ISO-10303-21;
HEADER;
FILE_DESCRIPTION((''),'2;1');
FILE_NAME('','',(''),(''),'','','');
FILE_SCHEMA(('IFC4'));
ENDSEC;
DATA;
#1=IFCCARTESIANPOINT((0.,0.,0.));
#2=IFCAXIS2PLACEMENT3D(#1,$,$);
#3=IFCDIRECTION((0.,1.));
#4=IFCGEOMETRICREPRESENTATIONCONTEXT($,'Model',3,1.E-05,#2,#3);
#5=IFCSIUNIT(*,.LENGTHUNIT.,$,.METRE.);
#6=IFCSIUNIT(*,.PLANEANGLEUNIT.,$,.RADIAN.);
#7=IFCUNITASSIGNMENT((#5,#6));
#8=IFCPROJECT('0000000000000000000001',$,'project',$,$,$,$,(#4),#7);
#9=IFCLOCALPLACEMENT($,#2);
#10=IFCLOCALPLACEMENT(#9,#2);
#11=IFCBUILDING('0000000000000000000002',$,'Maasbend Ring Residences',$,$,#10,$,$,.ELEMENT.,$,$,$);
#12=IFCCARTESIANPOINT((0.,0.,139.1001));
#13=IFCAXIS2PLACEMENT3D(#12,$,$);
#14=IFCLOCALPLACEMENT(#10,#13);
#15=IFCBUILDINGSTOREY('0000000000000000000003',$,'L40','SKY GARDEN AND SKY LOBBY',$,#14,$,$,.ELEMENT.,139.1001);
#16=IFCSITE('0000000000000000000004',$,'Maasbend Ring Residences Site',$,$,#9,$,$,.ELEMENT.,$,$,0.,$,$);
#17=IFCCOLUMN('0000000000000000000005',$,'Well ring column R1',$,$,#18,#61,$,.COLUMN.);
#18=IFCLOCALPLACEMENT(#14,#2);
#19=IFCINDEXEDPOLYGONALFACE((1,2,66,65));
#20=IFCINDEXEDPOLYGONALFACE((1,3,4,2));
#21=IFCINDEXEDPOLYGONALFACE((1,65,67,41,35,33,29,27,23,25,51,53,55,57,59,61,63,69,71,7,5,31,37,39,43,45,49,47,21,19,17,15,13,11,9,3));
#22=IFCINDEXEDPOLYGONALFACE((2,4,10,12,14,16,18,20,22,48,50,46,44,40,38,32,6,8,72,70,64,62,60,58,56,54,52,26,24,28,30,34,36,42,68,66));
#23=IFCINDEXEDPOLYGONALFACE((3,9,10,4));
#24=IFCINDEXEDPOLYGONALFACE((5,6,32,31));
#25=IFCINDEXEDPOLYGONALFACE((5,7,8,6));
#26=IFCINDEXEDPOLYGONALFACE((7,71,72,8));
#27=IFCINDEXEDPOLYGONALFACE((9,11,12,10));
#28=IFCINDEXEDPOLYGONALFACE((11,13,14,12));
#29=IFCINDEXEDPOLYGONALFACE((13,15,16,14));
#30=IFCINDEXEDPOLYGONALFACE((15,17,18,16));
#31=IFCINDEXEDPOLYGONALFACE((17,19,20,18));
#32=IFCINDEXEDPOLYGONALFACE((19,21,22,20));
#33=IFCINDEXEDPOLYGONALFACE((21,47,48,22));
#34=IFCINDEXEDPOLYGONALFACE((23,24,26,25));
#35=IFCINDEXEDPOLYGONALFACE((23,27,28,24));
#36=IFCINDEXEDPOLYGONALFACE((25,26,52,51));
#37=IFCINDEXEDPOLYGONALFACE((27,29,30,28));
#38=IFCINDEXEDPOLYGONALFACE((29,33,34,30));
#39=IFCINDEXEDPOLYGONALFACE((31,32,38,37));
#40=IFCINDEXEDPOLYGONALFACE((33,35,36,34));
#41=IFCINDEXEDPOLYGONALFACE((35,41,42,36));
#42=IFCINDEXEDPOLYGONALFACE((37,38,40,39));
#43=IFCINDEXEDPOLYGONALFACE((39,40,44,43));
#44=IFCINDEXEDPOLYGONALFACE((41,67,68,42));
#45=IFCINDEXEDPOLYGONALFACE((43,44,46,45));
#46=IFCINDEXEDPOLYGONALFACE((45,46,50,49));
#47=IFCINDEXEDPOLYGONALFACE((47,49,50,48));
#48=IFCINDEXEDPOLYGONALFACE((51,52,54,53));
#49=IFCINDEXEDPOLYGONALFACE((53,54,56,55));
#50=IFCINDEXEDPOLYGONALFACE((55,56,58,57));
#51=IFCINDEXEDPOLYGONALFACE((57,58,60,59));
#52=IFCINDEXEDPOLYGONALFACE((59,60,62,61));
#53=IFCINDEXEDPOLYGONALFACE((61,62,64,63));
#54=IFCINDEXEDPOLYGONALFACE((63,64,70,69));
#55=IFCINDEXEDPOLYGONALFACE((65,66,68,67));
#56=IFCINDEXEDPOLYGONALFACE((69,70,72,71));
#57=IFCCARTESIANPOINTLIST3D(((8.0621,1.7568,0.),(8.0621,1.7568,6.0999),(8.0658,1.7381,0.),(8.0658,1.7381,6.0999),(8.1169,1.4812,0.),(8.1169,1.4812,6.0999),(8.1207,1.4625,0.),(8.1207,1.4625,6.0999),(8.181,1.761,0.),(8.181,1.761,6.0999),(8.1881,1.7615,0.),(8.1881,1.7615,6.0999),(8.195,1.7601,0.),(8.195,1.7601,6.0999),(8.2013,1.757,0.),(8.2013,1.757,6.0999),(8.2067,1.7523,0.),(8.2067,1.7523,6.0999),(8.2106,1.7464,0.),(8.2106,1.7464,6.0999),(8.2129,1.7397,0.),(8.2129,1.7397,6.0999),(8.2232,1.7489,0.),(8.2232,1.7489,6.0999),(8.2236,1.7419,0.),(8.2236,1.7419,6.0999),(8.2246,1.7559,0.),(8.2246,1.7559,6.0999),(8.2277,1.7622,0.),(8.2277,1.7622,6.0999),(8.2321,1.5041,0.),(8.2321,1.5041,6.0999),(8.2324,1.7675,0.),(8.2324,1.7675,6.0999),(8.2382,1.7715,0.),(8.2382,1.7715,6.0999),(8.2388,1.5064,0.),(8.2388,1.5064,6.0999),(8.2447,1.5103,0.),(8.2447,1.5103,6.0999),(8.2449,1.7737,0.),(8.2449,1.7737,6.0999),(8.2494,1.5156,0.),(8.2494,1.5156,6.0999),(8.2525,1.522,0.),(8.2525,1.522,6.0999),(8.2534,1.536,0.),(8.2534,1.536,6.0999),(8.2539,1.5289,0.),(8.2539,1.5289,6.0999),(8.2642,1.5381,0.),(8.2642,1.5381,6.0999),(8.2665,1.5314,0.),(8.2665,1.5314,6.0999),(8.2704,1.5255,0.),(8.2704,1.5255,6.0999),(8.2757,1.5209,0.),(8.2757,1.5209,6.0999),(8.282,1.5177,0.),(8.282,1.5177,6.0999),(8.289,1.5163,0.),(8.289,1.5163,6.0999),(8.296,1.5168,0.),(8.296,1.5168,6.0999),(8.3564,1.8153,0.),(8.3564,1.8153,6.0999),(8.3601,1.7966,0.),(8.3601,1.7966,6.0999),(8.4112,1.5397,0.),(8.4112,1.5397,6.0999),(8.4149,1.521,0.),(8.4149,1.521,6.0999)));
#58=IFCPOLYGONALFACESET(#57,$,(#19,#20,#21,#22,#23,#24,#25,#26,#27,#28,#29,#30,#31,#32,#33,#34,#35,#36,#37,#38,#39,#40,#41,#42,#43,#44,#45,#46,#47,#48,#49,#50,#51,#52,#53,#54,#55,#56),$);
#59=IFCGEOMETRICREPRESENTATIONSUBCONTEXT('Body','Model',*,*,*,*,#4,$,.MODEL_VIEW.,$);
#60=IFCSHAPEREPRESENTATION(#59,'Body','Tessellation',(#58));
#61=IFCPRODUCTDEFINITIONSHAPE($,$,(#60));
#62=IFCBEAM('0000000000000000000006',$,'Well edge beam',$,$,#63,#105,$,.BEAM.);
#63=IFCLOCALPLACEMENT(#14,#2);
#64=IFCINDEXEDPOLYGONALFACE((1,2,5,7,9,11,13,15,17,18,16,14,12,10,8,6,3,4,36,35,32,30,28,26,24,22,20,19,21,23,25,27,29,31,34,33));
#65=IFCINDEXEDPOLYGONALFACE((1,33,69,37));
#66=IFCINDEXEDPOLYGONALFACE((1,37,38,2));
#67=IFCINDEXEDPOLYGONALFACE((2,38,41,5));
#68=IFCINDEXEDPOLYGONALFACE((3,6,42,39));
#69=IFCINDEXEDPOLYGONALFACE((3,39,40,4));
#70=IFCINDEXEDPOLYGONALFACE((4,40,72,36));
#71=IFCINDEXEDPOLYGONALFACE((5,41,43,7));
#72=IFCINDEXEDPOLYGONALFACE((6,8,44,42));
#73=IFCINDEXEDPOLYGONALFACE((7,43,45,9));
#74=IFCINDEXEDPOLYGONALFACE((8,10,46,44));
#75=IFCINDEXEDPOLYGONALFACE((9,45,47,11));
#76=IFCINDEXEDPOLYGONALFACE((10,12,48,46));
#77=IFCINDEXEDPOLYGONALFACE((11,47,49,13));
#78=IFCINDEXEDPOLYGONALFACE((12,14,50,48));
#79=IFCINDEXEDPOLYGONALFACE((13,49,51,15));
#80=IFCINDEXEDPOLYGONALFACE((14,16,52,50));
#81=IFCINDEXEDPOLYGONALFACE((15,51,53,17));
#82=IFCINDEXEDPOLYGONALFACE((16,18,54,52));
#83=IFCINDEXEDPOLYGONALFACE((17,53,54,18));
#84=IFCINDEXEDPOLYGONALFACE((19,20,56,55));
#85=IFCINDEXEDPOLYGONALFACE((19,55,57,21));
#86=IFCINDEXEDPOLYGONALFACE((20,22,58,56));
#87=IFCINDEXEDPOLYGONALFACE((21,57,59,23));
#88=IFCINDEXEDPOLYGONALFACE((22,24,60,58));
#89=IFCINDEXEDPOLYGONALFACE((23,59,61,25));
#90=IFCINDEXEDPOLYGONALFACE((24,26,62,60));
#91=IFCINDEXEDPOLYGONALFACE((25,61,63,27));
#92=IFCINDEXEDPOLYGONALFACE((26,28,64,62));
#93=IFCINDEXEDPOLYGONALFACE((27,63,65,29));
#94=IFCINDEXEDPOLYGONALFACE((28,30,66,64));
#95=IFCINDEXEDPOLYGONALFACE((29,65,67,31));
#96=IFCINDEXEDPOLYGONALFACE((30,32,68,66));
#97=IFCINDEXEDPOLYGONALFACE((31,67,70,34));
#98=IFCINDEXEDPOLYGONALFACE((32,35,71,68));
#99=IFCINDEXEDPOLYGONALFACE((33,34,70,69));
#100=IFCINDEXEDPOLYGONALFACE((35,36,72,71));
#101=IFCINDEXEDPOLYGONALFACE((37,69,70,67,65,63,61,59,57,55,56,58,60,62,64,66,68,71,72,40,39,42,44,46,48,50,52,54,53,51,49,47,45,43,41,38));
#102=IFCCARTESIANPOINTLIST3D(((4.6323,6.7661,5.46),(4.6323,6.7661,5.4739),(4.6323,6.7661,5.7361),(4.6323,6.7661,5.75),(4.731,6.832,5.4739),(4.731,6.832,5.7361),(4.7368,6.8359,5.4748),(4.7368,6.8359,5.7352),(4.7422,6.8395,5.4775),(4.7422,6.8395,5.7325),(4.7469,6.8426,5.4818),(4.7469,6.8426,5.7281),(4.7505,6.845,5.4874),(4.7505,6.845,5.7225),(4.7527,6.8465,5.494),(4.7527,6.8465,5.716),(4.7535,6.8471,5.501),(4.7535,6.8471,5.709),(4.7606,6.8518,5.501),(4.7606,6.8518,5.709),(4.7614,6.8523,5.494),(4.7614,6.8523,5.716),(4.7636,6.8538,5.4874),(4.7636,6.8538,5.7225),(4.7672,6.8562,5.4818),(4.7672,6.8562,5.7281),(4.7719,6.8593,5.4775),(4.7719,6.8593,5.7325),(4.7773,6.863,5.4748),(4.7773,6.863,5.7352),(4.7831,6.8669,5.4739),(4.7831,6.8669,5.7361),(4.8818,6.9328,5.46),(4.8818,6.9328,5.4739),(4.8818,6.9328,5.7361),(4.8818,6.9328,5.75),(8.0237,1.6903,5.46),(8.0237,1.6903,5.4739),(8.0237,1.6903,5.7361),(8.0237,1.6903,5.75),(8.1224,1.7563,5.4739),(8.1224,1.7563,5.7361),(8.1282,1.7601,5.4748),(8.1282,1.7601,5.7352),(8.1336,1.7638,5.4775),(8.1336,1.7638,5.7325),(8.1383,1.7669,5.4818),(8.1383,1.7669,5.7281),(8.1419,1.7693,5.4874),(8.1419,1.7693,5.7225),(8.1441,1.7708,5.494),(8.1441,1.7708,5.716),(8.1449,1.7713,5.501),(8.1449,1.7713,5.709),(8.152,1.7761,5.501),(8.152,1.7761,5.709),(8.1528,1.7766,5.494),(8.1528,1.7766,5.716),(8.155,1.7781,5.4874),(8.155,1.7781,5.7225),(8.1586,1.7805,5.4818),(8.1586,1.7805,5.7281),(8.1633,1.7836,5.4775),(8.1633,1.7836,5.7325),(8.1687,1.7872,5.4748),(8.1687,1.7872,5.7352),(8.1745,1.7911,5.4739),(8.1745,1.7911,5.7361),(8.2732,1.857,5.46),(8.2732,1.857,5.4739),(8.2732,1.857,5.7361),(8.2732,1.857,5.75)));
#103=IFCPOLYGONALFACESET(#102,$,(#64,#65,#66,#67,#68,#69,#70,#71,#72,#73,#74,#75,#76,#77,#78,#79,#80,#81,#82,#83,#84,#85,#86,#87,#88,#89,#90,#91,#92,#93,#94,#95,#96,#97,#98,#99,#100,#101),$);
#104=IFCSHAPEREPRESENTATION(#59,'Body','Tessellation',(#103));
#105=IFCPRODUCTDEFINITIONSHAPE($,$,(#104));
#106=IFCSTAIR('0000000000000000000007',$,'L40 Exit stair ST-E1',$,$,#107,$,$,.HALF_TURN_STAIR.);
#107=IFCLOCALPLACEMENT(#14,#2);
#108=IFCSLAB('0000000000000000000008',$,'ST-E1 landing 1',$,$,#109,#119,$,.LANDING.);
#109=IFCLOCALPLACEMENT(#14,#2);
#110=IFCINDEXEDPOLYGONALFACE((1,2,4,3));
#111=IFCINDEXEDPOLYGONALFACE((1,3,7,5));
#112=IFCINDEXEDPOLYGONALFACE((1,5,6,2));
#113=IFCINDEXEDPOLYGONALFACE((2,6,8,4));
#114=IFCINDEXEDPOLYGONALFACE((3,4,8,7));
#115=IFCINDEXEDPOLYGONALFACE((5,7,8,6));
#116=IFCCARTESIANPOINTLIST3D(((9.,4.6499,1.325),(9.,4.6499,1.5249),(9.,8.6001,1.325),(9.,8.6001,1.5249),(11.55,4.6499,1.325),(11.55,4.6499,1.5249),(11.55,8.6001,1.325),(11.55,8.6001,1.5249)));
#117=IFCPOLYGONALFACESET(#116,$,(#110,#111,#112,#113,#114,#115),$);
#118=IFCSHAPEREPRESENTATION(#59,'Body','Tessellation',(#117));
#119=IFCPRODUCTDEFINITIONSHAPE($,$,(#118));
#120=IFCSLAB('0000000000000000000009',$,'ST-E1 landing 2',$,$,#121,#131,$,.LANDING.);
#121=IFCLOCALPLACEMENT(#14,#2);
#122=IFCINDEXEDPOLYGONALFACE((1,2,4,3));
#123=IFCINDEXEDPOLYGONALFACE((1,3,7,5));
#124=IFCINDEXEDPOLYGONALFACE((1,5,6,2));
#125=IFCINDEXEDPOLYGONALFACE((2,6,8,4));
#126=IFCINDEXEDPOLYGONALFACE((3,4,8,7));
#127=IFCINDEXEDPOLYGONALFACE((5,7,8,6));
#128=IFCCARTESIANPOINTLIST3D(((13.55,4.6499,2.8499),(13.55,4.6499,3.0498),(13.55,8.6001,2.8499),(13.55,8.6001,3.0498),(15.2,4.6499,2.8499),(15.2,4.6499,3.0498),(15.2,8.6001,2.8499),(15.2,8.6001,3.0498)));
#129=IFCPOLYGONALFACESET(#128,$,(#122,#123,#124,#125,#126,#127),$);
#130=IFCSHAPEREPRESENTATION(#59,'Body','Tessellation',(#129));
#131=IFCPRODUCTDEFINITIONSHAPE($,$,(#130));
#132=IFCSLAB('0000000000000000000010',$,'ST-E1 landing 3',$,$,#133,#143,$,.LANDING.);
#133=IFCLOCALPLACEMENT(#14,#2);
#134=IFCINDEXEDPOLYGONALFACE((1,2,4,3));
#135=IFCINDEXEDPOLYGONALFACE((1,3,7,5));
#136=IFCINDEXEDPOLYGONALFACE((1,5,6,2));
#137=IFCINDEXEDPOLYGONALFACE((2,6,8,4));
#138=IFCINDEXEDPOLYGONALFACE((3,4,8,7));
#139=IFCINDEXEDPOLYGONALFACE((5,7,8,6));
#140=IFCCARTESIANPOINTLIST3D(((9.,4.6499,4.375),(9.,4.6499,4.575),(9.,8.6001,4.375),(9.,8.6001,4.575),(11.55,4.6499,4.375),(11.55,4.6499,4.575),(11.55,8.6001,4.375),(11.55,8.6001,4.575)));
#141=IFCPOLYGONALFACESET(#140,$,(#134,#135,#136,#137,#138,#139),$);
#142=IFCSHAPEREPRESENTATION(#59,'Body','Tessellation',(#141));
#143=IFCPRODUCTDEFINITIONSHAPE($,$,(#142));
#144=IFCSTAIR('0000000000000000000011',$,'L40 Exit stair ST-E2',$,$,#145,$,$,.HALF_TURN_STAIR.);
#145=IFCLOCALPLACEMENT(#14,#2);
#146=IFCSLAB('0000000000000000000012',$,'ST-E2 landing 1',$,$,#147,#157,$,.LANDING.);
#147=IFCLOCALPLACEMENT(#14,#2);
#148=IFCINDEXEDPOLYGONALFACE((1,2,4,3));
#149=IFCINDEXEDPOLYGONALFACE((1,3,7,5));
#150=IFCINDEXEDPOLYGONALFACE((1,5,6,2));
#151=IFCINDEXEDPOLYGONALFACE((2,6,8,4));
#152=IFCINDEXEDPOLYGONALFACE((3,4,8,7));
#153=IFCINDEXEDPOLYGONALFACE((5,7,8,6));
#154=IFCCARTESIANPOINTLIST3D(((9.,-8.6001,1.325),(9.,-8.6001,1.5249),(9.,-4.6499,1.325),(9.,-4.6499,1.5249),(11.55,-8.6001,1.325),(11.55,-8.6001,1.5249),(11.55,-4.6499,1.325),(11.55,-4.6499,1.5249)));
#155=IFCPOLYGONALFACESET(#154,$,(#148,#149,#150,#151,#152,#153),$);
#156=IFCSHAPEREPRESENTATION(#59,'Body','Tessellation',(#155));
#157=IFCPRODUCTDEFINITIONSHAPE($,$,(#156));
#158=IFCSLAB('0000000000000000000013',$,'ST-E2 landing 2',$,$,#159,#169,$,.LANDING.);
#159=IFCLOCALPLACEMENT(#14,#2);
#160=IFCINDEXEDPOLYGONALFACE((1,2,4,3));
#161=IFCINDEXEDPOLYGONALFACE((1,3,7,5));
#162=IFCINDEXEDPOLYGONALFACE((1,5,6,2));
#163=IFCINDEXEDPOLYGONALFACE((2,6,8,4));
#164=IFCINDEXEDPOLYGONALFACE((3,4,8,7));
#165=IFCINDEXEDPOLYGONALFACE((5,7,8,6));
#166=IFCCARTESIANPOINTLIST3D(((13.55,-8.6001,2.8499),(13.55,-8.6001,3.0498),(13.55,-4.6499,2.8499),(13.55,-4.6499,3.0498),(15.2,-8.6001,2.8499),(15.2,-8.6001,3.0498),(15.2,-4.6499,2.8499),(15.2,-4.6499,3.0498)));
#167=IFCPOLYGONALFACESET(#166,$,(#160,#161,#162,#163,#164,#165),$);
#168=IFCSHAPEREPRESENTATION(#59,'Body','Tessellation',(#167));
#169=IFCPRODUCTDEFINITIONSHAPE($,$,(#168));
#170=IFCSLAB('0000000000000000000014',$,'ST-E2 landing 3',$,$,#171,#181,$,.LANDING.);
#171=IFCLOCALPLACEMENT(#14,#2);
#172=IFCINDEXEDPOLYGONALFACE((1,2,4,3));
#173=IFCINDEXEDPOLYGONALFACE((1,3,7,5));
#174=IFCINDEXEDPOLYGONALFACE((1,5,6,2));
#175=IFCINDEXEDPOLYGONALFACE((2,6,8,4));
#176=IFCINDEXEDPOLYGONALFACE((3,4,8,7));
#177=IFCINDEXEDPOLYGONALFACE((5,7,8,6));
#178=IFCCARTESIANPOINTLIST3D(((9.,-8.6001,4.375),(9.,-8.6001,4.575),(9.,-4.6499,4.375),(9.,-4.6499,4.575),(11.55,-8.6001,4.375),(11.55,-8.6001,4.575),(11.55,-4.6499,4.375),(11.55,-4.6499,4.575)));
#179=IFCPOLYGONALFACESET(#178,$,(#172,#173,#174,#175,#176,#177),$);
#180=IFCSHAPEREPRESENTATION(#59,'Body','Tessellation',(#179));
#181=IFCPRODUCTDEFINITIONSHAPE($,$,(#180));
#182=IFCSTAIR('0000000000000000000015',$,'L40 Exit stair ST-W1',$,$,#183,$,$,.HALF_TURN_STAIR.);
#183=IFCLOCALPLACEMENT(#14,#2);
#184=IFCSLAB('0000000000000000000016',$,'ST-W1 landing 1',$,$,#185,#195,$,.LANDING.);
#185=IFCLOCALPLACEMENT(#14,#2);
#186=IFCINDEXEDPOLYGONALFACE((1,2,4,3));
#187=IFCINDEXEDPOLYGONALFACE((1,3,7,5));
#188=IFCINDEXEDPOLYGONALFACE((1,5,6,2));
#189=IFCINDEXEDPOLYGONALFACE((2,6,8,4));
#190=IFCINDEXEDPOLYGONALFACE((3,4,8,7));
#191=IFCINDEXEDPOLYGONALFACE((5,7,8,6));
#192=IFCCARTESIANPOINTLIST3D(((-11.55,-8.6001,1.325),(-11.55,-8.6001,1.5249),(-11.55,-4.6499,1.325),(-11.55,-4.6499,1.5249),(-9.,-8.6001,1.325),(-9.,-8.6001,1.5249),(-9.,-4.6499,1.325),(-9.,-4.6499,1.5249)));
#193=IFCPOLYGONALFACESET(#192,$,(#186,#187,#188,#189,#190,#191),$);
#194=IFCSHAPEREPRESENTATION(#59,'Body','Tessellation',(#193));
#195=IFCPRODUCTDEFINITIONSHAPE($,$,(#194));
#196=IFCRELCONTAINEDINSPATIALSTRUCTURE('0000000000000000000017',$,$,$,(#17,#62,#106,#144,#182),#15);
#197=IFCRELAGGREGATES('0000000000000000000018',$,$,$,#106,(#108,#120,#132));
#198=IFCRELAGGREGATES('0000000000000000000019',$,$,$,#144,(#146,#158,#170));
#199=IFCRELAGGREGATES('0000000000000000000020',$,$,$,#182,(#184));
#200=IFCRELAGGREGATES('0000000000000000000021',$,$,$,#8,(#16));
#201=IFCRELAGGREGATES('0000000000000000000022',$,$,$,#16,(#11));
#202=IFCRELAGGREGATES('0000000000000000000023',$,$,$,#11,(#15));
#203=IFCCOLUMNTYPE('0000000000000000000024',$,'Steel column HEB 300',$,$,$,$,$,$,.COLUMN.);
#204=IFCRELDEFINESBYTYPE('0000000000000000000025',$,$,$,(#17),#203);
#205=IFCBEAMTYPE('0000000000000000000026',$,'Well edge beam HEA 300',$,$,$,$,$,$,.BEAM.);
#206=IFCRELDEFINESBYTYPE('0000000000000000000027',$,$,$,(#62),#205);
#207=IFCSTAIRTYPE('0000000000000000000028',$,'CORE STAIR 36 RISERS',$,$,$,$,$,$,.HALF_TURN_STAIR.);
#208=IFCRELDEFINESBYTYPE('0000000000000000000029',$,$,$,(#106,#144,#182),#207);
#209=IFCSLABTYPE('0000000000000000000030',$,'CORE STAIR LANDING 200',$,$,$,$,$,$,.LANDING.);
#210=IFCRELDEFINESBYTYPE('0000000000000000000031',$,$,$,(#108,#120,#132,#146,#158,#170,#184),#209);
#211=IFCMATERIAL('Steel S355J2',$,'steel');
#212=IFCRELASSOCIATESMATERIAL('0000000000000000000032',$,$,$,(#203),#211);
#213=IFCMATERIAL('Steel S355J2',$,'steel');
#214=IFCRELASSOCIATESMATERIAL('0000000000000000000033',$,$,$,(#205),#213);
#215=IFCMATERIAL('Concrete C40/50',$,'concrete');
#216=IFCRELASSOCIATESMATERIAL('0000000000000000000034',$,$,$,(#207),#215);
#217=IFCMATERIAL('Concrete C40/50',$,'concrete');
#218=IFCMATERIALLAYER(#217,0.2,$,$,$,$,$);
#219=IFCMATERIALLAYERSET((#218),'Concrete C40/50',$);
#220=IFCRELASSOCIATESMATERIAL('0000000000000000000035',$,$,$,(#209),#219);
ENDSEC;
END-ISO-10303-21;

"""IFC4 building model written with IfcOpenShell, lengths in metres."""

from ifc_helpers import new_model, si_unit, direction, frame, origin, origin_2d, place, context, subcontext, project, spatial, polyline, i_section, outline, extrude, material, layer, layer_set, material_profile, profile_set, type_object, element, aggregate, save


model = new_model("IFC4")

# Units and contexts
model_context = context("Model", 3, precision=1e-05, world=origin(), true_north=direction((0.0, 1.0)))
body_context = subcontext(model_context, "Body", "Model", "MODEL_VIEW")
ifc_project = project(units=[si_unit("LENGTHUNIT", "METRE"), si_unit("PLANEANGLEUNIT", "RADIAN")], contexts=[model_context])

# Site, building, storey
site_placement = place(None, origin())
site = spatial("IfcSite", under=ifc_project, at=site_placement, Name="Maasbend Ring Residences Site", CompositionType="ELEMENT", RefElevation=0.0)
building_placement = place(site_placement, origin())
building = spatial("IfcBuilding", under=site, at=building_placement, Name="Maasbend Ring Residences", CompositionType="ELEMENT")
storey_placement = place(building_placement, frame((0.0, 0.0, 139.1001)))
storey = spatial("IfcBuildingStorey", under=building, at=storey_placement, Name="L40", Description="SKY GARDEN AND SKY LOBBY", CompositionType="ELEMENT", Elevation=139.1001)

# Column
ifc_material_1 = material(Name="Steel S355J2", Category="steel")
ifc_material_profile_1 = material_profile(ifc_material_1, i_section(OverallWidth=0.3, OverallDepth=0.3, WebThickness=0.011, FlangeThickness=0.019, FilletRadius=0.0271, at=origin_2d()), Name="HEB 300")
ifc_profile_set_1 = profile_set([ifc_material_profile_1], Name="Steel S355J2")
column_type = type_object("IfcColumnType", Name="Steel column HEB 300", PredefinedType="COLUMN", material=ifc_profile_set_1)
column_placement = place(storey_placement, frame((8.2385, 1.6389, 0.0), z_axis=(0.0, 0.0, 1.0), x_axis=(0.980785, 0.19509, 0.0)))
element("IfcColumn", 1, at=column_placement, inside=storey, type_object=column_type, Name="Well ring column R1", PredefinedType="COLUMN", context=body_context, shape_type="SweptSolid", body=[
    extrude(i_section(OverallWidth=0.3, OverallDepth=0.3, WebThickness=0.011, FlangeThickness=0.019, FilletRadius=0.0271, at=origin_2d()), origin(), (0.0, 0.0, 1.0), 6.0999),
])

# Beam
ifc_material_2 = material(Name="Steel S355J2", Category="steel")
ifc_material_profile_2 = material_profile(ifc_material_2, i_section(OverallWidth=0.3, OverallDepth=0.29, WebThickness=0.0085, FlangeThickness=0.0139, FilletRadius=0.0271, at=origin_2d()), Name="HEA 300")
ifc_profile_set_2 = profile_set([ifc_material_profile_2], Name="Steel S355J2")
beam_type = type_object("IfcBeamType", Name="Well edge beam HEA 300", PredefinedType="BEAM", material=ifc_profile_set_2)
beam_placement = place(storey_placement, frame((8.1484, 1.7737, 5.605), z_axis=(-0.555558, 0.831478, 0.0), x_axis=(-0.831478, -0.555558, 0.0)))
element("IfcBeam", 2, at=beam_placement, inside=storey, type_object=beam_type, Name="Well edge beam", PredefinedType="BEAM", context=body_context, shape_type="SweptSolid", body=[
    extrude(i_section(OverallWidth=0.3, OverallDepth=0.29, WebThickness=0.0085, FlangeThickness=0.0139, FilletRadius=0.0271, at=origin_2d()), origin(), (0.0, 0.0, 1.0), 6.1045),
])

# Stairs, slabs
ifc_material_3 = material(Name="Concrete C40/50", Category="concrete")
stair_type = type_object("IfcStairType", Name="CORE STAIR 36 RISERS", PredefinedType="HALF_TURN_STAIR", material=ifc_material_3)
stair_1_placement = place(storey_placement, origin())
stair_1 = element("IfcStair", 3, at=stair_1_placement, inside=storey, type_object=stair_type, Name="L40 Exit stair ST-E1", PredefinedType="HALF_TURN_STAIR")
ifc_material_4 = material(Name="Concrete C40/50", Category="concrete")
ifc_layer_1 = layer(ifc_material_4, 0.2)
ifc_layer_set_1 = layer_set([ifc_layer_1], Name="Concrete C40/50")
slab_type_1 = type_object("IfcSlabType", Name="CORE STAIR LANDING 200", PredefinedType="LANDING", material=ifc_layer_set_1)
slab_1_placement = place(storey_placement, frame((0.0, 0.0, 1.325)))
slab_1 = element("IfcSlab", 4, at=slab_1_placement, type_object=slab_type_1, Name="ST-E1 landing 1", PredefinedType="LANDING", context=body_context, shape_type="SweptSolid", body=[
    extrude(outline(polyline([(11.55, 8.6001), (9.0, 8.6001), (9.0, 4.6499), (11.55, 4.6499), (11.55, 8.6001)])), origin(), (0.0, 0.0, 1.0), 0.2),
])
slab_2_placement = place(storey_placement, frame((0.0, 0.0, 2.8499)))
slab_2 = element("IfcSlab", 5, at=slab_2_placement, type_object=slab_type_1, Name="ST-E1 landing 2", PredefinedType="LANDING", context=body_context, shape_type="SweptSolid", body=[
    extrude(outline(polyline([(15.2, 8.6001), (13.55, 8.6001), (13.55, 4.6499), (15.2, 4.6499), (15.2, 8.6001)])), origin(), (0.0, 0.0, 1.0), 0.2),
])
slab_3_placement = place(storey_placement, frame((0.0, 0.0, 4.375)))
slab_3 = element("IfcSlab", 6, at=slab_3_placement, type_object=slab_type_1, Name="ST-E1 landing 3", PredefinedType="LANDING", context=body_context, shape_type="SweptSolid", body=[
    extrude(outline(polyline([(11.55, 8.6001), (9.0, 8.6001), (9.0, 4.6499), (11.55, 4.6499), (11.55, 8.6001)])), origin(), (0.0, 0.0, 1.0), 0.2),
])
aggregate(stair_1, [slab_1, slab_2, slab_3])
stair_2_placement = place(storey_placement, origin())
stair_2 = element("IfcStair", 7, at=stair_2_placement, inside=storey, type_object=stair_type, Name="L40 Exit stair ST-E2", PredefinedType="HALF_TURN_STAIR")
slab_4_placement = place(storey_placement, frame((0.0, 0.0, 1.325)))
slab_4 = element("IfcSlab", 8, at=slab_4_placement, type_object=slab_type_1, Name="ST-E2 landing 1", PredefinedType="LANDING", context=body_context, shape_type="SweptSolid", body=[
    extrude(outline(polyline([(11.55, -4.6499), (9.0, -4.6499), (9.0, -8.6001), (11.55, -8.6001), (11.55, -4.6499)])), origin(), (0.0, 0.0, 1.0), 0.2),
])
slab_5_placement = place(storey_placement, frame((0.0, 0.0, 2.8499)))
slab_5 = element("IfcSlab", 9, at=slab_5_placement, type_object=slab_type_1, Name="ST-E2 landing 2", PredefinedType="LANDING", context=body_context, shape_type="SweptSolid", body=[
    extrude(outline(polyline([(15.2, -4.6499), (13.55, -4.6499), (13.55, -8.6001), (15.2, -8.6001), (15.2, -4.6499)])), origin(), (0.0, 0.0, 1.0), 0.2),
])
slab_6_placement = place(storey_placement, frame((0.0, 0.0, 4.375)))
slab_6 = element("IfcSlab", 10, at=slab_6_placement, type_object=slab_type_1, Name="ST-E2 landing 3", PredefinedType="LANDING", context=body_context, shape_type="SweptSolid", body=[
    extrude(outline(polyline([(11.55, -4.6499), (9.0, -4.6499), (9.0, -8.6001), (11.55, -8.6001), (11.55, -4.6499)])), origin(), (0.0, 0.0, 1.0), 0.2),
])
aggregate(stair_2, [slab_4, slab_5, slab_6])
stair_3_placement = place(storey_placement, origin())
stair_3 = element("IfcStair", 11, at=stair_3_placement, inside=storey, type_object=stair_type, Name="L40 Exit stair ST-W1", PredefinedType="HALF_TURN_STAIR")
slab_7_placement = place(storey_placement, frame((0.0, 0.0, 1.325)))
slab_7 = element("IfcSlab", 12, at=slab_7_placement, type_object=slab_type_1, Name="ST-W1 landing 1", PredefinedType="LANDING", context=body_context, shape_type="SweptSolid", body=[
    extrude(outline(polyline([(-11.55, -8.6001), (-9.0, -8.6001), (-9.0, -4.6499), (-11.55, -4.6499), (-11.55, -8.6001)])), origin(), (0.0, 0.0, 1.0), 0.2),
])
aggregate(stair_3, [slab_7])

save(model, "model.ifc")
